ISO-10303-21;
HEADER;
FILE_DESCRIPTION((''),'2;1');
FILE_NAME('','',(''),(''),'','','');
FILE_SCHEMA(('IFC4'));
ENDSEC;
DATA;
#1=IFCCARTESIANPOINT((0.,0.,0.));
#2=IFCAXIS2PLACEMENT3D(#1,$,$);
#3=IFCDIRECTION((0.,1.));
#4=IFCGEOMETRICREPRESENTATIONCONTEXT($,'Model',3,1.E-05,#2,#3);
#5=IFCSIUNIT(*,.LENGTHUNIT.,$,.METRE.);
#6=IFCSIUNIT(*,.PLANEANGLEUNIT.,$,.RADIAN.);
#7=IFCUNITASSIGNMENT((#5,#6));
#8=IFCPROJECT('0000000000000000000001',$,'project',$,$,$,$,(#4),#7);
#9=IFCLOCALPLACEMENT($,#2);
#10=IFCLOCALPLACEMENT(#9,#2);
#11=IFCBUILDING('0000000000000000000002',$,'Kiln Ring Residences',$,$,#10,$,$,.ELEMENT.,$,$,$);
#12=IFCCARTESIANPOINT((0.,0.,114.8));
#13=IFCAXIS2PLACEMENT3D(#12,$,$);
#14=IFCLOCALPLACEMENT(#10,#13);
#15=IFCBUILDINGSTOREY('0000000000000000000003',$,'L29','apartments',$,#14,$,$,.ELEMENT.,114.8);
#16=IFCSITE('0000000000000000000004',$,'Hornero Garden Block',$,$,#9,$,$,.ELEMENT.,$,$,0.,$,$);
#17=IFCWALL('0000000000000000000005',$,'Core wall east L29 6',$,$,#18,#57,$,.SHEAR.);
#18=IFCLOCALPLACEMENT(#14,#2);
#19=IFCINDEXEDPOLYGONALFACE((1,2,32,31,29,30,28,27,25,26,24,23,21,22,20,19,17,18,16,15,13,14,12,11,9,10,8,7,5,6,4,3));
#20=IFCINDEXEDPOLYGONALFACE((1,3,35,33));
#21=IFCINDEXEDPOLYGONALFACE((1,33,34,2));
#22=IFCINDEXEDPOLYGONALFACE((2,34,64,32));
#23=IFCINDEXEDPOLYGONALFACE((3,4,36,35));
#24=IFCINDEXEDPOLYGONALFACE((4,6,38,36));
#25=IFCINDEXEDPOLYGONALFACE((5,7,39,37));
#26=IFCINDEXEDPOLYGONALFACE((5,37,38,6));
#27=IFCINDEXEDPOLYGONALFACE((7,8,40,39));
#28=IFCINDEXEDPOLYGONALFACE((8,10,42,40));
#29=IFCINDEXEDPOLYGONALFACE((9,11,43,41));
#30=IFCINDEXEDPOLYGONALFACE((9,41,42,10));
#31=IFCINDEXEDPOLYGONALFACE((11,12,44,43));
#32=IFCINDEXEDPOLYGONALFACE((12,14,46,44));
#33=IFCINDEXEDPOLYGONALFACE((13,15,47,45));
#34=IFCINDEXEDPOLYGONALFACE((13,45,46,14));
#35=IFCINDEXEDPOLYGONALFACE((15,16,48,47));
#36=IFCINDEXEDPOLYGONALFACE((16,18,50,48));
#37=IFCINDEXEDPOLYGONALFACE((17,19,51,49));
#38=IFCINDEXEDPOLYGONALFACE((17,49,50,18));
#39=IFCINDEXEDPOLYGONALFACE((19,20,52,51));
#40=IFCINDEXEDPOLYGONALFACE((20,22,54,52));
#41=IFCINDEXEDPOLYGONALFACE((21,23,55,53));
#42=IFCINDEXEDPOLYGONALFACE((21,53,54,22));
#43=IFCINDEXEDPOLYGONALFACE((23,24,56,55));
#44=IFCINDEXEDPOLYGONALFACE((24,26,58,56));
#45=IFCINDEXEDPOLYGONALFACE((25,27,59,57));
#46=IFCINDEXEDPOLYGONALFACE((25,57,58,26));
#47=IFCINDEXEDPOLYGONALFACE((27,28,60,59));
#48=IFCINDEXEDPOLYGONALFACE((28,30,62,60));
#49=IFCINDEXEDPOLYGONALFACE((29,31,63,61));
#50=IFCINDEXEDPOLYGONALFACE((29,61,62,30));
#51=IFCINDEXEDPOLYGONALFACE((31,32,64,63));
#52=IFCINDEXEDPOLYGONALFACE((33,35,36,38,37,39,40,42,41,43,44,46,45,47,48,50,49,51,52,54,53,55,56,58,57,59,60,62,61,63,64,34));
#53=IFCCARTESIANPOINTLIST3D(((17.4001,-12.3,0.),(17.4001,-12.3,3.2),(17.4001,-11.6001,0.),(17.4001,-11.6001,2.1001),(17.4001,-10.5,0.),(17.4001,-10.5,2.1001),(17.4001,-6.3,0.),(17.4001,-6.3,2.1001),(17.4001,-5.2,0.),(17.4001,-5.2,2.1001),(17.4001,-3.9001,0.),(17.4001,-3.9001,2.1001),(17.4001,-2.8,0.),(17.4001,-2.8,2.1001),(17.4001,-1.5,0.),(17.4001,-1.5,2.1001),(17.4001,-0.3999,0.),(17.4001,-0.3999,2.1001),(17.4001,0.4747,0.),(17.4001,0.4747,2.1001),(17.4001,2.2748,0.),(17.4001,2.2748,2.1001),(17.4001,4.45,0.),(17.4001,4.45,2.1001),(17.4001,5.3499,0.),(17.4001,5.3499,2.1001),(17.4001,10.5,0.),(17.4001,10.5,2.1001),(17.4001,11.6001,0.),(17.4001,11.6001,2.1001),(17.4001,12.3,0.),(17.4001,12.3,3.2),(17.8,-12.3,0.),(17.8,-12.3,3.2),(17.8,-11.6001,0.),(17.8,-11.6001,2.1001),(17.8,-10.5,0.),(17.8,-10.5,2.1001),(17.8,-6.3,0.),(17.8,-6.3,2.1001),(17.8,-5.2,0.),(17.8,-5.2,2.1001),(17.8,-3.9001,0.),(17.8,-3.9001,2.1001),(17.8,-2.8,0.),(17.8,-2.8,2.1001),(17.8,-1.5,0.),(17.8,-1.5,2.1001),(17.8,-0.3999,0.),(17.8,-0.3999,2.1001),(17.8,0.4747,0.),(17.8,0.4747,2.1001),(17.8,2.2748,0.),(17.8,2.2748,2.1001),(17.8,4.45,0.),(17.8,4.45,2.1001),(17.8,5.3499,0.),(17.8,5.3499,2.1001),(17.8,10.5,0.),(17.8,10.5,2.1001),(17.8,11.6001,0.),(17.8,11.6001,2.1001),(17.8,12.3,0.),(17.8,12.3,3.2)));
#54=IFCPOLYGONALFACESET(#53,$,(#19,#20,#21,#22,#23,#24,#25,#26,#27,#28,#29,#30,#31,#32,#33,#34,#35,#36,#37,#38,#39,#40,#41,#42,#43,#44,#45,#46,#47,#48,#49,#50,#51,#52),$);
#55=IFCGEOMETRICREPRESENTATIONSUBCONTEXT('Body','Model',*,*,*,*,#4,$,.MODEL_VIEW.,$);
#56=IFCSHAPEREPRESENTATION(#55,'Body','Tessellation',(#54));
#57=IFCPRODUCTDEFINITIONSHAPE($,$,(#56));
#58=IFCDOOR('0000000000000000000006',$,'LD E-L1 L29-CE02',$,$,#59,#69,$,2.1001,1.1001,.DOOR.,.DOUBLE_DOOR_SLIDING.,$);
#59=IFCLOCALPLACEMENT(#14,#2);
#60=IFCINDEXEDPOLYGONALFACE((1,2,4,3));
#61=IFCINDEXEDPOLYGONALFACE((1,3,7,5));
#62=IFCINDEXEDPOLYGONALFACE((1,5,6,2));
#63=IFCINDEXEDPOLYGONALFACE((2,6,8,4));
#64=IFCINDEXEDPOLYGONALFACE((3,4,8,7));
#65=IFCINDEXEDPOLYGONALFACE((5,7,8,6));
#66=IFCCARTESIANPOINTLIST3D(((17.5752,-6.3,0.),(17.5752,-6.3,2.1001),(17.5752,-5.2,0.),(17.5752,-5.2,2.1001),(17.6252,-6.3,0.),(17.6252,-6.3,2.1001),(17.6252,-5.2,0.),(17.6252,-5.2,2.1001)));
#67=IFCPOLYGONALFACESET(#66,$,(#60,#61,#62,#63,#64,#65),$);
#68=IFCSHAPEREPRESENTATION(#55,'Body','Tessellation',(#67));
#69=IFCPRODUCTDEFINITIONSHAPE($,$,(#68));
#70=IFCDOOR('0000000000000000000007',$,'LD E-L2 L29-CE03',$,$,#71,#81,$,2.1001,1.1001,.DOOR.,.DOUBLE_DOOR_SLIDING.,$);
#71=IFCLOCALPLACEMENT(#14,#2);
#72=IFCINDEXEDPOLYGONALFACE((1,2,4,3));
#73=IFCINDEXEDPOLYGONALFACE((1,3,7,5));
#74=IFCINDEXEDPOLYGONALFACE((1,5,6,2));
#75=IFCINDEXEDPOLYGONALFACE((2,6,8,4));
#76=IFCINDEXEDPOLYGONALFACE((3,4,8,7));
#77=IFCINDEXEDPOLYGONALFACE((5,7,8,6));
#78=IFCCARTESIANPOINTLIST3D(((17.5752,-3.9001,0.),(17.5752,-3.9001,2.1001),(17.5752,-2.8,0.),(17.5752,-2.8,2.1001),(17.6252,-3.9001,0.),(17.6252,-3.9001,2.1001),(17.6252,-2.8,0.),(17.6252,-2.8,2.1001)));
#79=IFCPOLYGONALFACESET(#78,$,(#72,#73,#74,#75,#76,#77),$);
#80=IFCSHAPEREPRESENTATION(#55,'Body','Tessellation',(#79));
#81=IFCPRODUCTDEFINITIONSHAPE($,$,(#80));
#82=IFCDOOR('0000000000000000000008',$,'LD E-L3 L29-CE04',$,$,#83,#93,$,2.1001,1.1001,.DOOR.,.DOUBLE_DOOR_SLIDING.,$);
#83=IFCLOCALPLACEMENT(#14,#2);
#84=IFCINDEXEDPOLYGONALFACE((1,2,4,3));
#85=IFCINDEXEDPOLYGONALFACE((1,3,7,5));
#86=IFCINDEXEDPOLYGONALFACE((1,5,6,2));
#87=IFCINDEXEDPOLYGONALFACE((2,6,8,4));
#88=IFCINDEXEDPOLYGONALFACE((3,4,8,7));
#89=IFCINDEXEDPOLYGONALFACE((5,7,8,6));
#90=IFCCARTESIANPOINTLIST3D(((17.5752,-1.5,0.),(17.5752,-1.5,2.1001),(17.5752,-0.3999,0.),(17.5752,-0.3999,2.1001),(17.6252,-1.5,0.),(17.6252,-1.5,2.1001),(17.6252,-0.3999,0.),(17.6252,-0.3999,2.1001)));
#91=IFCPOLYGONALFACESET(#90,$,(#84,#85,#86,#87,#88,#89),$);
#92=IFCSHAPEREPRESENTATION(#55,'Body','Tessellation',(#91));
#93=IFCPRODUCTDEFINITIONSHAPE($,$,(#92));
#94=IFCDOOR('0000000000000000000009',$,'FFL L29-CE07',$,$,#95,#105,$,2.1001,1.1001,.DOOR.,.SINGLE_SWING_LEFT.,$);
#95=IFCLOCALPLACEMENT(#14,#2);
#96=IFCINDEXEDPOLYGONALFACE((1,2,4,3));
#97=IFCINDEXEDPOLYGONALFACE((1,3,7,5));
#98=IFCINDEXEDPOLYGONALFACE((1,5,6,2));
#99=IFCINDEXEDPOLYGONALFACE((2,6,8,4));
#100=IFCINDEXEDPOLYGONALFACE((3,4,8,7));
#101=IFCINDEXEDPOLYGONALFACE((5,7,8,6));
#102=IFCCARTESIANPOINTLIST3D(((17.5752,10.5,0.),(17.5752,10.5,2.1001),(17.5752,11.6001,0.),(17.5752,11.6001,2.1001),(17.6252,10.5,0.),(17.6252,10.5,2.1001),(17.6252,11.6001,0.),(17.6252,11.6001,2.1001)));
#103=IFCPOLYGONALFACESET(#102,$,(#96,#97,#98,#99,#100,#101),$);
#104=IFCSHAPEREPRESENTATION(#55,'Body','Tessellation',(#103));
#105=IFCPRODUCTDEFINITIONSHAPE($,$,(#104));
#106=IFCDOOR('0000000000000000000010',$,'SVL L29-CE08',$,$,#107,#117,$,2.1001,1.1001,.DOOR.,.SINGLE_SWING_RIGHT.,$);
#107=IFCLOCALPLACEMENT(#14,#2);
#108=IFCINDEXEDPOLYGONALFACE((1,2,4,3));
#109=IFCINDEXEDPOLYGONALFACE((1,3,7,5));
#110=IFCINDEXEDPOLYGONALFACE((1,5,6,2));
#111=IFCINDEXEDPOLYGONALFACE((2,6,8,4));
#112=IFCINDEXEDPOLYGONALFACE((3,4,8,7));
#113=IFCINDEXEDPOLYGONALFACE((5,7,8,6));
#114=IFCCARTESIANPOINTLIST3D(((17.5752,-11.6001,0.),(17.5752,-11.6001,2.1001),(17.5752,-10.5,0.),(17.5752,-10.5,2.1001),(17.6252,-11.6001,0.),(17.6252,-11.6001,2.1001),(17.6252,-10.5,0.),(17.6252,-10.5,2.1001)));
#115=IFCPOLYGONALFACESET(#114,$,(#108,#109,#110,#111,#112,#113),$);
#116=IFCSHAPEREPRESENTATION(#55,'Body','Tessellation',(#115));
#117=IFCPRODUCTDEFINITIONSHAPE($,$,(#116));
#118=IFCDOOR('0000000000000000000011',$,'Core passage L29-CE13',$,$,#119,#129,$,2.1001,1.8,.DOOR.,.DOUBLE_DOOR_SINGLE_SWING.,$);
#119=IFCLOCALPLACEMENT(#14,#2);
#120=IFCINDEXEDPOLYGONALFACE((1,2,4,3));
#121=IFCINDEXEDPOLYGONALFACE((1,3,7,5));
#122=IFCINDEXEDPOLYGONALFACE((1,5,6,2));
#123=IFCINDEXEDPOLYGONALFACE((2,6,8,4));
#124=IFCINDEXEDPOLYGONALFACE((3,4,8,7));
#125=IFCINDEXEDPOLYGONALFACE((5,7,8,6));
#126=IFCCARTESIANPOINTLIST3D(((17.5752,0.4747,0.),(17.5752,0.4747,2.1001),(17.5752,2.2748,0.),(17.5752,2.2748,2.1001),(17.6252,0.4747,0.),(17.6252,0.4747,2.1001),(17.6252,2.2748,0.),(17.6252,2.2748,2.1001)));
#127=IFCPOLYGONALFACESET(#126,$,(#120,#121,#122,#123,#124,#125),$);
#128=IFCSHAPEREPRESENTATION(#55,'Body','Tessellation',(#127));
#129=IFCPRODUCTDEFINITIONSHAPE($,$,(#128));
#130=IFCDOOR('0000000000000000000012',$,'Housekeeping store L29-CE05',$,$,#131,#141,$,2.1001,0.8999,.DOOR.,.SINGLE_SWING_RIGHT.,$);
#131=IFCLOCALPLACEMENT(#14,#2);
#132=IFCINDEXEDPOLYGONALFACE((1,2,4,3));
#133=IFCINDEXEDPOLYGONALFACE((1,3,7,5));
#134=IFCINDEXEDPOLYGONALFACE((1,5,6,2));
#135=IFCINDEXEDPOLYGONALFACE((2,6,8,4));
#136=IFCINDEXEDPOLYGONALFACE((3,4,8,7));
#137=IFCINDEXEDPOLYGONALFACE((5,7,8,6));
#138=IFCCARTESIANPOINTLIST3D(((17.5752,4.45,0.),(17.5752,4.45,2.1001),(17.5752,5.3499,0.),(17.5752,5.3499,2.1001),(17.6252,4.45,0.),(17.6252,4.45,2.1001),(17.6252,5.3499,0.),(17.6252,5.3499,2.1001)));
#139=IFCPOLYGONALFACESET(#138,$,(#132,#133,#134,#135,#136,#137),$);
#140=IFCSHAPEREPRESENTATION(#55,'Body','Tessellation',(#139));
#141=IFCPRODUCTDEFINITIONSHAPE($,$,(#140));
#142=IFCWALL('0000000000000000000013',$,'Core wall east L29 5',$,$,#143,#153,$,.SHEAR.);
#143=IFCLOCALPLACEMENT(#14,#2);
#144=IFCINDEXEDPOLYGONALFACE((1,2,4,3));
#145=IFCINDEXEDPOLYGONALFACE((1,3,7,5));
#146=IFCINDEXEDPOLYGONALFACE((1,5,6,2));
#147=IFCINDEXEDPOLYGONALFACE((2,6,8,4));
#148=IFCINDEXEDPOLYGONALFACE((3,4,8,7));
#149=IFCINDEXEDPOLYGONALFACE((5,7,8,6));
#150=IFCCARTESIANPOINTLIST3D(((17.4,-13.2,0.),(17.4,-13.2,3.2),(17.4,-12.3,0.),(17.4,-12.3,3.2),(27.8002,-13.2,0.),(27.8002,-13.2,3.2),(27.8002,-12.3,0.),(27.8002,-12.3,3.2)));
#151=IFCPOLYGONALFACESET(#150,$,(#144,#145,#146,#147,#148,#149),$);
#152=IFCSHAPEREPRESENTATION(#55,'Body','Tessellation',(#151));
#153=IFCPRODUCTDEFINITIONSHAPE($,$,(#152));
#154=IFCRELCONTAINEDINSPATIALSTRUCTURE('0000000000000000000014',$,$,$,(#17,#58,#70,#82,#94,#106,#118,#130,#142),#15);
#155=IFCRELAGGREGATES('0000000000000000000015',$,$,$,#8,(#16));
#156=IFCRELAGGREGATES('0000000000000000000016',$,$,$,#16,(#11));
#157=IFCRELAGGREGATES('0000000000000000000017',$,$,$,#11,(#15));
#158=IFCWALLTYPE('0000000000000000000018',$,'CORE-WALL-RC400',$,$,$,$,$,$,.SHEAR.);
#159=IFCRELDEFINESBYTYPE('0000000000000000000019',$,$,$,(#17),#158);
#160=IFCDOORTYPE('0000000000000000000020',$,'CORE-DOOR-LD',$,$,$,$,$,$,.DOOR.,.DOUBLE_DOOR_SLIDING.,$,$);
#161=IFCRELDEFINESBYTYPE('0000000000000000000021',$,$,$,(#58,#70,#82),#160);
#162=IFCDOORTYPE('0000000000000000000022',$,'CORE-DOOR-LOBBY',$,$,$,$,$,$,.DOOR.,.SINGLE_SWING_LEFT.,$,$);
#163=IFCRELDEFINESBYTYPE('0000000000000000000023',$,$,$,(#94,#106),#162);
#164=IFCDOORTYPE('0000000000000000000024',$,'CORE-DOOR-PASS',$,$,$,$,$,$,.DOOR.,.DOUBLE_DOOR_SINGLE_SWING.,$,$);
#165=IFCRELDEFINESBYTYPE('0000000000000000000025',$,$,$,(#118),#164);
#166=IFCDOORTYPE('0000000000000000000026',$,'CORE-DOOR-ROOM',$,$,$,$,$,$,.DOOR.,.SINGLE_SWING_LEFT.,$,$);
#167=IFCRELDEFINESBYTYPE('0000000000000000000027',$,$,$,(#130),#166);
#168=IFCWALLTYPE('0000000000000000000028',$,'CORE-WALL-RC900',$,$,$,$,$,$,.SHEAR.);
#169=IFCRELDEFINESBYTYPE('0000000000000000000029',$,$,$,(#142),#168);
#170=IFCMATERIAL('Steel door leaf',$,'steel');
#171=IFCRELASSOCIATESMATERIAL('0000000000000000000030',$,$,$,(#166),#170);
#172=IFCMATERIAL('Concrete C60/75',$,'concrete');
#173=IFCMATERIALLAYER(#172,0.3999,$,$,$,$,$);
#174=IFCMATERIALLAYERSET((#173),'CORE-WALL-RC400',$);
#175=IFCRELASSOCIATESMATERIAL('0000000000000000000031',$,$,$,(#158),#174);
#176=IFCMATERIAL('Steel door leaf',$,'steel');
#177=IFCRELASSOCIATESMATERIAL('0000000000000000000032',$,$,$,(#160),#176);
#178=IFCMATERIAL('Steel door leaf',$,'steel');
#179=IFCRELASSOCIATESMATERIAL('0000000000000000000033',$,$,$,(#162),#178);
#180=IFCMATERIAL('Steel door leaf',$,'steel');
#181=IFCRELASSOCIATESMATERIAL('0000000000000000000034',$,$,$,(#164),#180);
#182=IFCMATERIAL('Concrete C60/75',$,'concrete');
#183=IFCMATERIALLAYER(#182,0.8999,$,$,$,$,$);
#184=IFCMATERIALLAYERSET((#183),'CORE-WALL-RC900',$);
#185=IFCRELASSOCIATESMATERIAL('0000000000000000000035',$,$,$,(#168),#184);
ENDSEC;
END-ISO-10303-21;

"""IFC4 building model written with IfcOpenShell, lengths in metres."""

from ifc_helpers import new_model, si_unit, direction, frame, frame_2d, origin, place, context, subcontext, project, spatial, rectangle, extrude, material, layer, layer_set, type_object, element, fill, save


model = new_model("IFC4")

# Units and contexts
model_context = context("Model", 3, precision=1e-05, world=origin(), true_north=direction((0.0, 1.0)))
body_context = subcontext(model_context, "Body", "Model", "MODEL_VIEW")
ifc_project = project(units=[si_unit("LENGTHUNIT", "METRE"), si_unit("PLANEANGLEUNIT", "RADIAN")], contexts=[model_context])

# Site, building, storey
site_placement = place(None, origin())
site = spatial("IfcSite", under=ifc_project, at=site_placement, Name="Hornero Garden Block", CompositionType="ELEMENT", RefElevation=0.0)
building_placement = place(site_placement, origin())
building = spatial("IfcBuilding", under=site, at=building_placement, Name="Kiln Ring Residences", CompositionType="ELEMENT")
storey_placement = place(building_placement, frame((0.0, 0.0, 114.8)))
storey = spatial("IfcBuildingStorey", under=building, at=storey_placement, Name="L29", Description="apartments", CompositionType="ELEMENT", Elevation=114.8)

# Shared definitions
ifc_material_1 = material(Name="Steel door leaf", Category="steel")
door_type_1 = type_object("IfcDoorType", Name="CORE-DOOR-ROOM", OperationType="SINGLE_SWING_LEFT", PredefinedType="DOOR", material=ifc_material_1)

# Wall, openings, doors
ifc_material_2 = material(Name="Concrete C60/75", Category="concrete")
ifc_layer_1 = layer(ifc_material_2, 0.3999)
ifc_layer_set_1 = layer_set([ifc_layer_1], Name="CORE-WALL-RC400")
wall_type_1 = type_object("IfcWallType", Name="CORE-WALL-RC400", PredefinedType="SHEAR", material=ifc_layer_set_1)
wall_1_placement = place(storey_placement, frame((17.6001, -12.3, 0.0), z_axis=(0.0, 0.0, 1.0), x_axis=(0.0, 1.0, 0.0)))
wall_1 = element("IfcWall", 1, at=wall_1_placement, inside=storey, type_object=wall_type_1, Name="Core wall east L29 6", PredefinedType="SHEAR", context=body_context, shape_type="SweptSolid", body=[
    extrude(rectangle(XDim=24.6001, YDim=0.3999, at=frame_2d((12.3, 0.0))), origin(), (0.0, 0.0, 1.0), 3.2),
])
opening_1_placement = place(wall_1_placement, frame((6.0, 0.0, 0.0)))
opening_1 = element("IfcOpeningElement", 2, at=opening_1_placement, cuts=wall_1, PredefinedType="OPENING", context=body_context, shape_type="SweptSolid", body=[
    extrude(rectangle(XDim=1.1001, YDim=2.1001, at=frame_2d((0.55, 1.05))), frame((0.0, 0.21, 0.0), z_axis=(0.0, -1.0, 0.0), x_axis=(1.0, 0.0, 0.0)), (0.0, 0.0, 1.0), 0.4199),
])
opening_2_placement = place(wall_1_placement, frame((8.3999, 0.0, 0.0)))
opening_2 = element("IfcOpeningElement", 3, at=opening_2_placement, cuts=wall_1, PredefinedType="OPENING", context=body_context, shape_type="SweptSolid", body=[
    extrude(rectangle(XDim=1.1001, YDim=2.1001, at=frame_2d((0.55, 1.05))), frame((0.0, 0.21, 0.0), z_axis=(0.0, -1.0, 0.0), x_axis=(1.0, 0.0, 0.0)), (0.0, 0.0, 1.0), 0.4199),
])
opening_3_placement = place(wall_1_placement, frame((10.8, 0.0, 0.0)))
opening_3 = element("IfcOpeningElement", 4, at=opening_3_placement, cuts=wall_1, PredefinedType="OPENING", context=body_context, shape_type="SweptSolid", body=[
    extrude(rectangle(XDim=1.1001, YDim=2.1001, at=frame_2d((0.55, 1.05))), frame((0.0, 0.21, 0.0), z_axis=(0.0, -1.0, 0.0), x_axis=(1.0, 0.0, 0.0)), (0.0, 0.0, 1.0), 0.4199),
])
opening_4_placement = place(wall_1_placement, frame((16.75, 0.0, 0.0)))
opening_4 = element("IfcOpeningElement", 5, at=opening_4_placement, cuts=wall_1, PredefinedType="OPENING", context=body_context, shape_type="SweptSolid", body=[
    extrude(rectangle(XDim=0.8999, YDim=2.1001, at=frame_2d((0.45, 1.05))), frame((0.0, 0.21, 0.0), z_axis=(0.0, -1.0, 0.0), x_axis=(1.0, 0.0, 0.0)), (0.0, 0.0, 1.0), 0.4199),
])
opening_5_placement = place(wall_1_placement, frame((22.8, 0.0, 0.0)))
opening_5 = element("IfcOpeningElement", 6, at=opening_5_placement, cuts=wall_1, PredefinedType="OPENING", context=body_context, shape_type="SweptSolid", body=[
    extrude(rectangle(XDim=1.1001, YDim=2.1001, at=frame_2d((0.55, 1.05))), frame((0.0, 0.21, 0.0), z_axis=(0.0, -1.0, 0.0), x_axis=(1.0, 0.0, 0.0)), (0.0, 0.0, 1.0), 0.4199),
])
opening_6_placement = place(wall_1_placement, frame((0.7, 0.0, 0.0)))
opening_6 = element("IfcOpeningElement", 7, at=opening_6_placement, cuts=wall_1, PredefinedType="OPENING", context=body_context, shape_type="SweptSolid", body=[
    extrude(rectangle(XDim=1.1001, YDim=2.1001, at=frame_2d((0.55, 1.05))), frame((0.0, 0.21, 0.0), z_axis=(0.0, -1.0, 0.0), x_axis=(1.0, 0.0, 0.0)), (0.0, 0.0, 1.0), 0.4199),
])
opening_7_placement = place(wall_1_placement, frame((12.7749, 0.0, 0.0)))
opening_7 = element("IfcOpeningElement", 8, at=opening_7_placement, cuts=wall_1, PredefinedType="OPENING", context=body_context, shape_type="SweptSolid", body=[
    extrude(rectangle(XDim=1.8, YDim=2.1001, at=frame_2d((0.8999, 1.05))), frame((0.0, 0.21, 0.0), z_axis=(0.0, -1.0, 0.0), x_axis=(1.0, 0.0, 0.0)), (0.0, 0.0, 1.0), 0.4199),
])
ifc_material_3 = material(Name="Steel door leaf", Category="steel")
door_type_2 = type_object("IfcDoorType", Name="CORE-DOOR-LD", OperationType="DOUBLE_DOOR_SLIDING", PredefinedType="DOOR", material=ifc_material_3)
door_1_placement = place(opening_1_placement, origin())
door_1 = element("IfcDoor", 9, at=door_1_placement, inside=storey, type_object=door_type_2, Name="LD E-L1 L29-CE02", OperationType="DOUBLE_DOOR_SLIDING", OverallHeight=2.1001, OverallWidth=1.1001, PredefinedType="DOOR", context=body_context, shape_type="SweptSolid", body=[
    extrude(rectangle(XDim=1.1001, YDim=2.1001, at=frame_2d((0.55, 1.05))), frame((0.0, 0.0249, 0.0), z_axis=(0.0, -1.0, 0.0), x_axis=(1.0, 0.0, 0.0)), (0.0, 0.0, 1.0), 0.05),
])
fill(opening_1, door_1)
door_2_placement = place(opening_2_placement, origin())
door_2 = element("IfcDoor", 10, at=door_2_placement, inside=storey, type_object=door_type_2, Name="LD E-L2 L29-CE03", OperationType="DOUBLE_DOOR_SLIDING", OverallHeight=2.1001, OverallWidth=1.1001, PredefinedType="DOOR", context=body_context, shape_type="SweptSolid", body=[
    extrude(rectangle(XDim=1.1001, YDim=2.1001, at=frame_2d((0.55, 1.05))), frame((0.0, 0.0249, 0.0), z_axis=(0.0, -1.0, 0.0), x_axis=(1.0, 0.0, 0.0)), (0.0, 0.0, 1.0), 0.05),
])
fill(opening_2, door_2)
door_3_placement = place(opening_3_placement, origin())
door_3 = element("IfcDoor", 11, at=door_3_placement, inside=storey, type_object=door_type_2, Name="LD E-L3 L29-CE04", OperationType="DOUBLE_DOOR_SLIDING", OverallHeight=2.1001, OverallWidth=1.1001, PredefinedType="DOOR", context=body_context, shape_type="SweptSolid", body=[
    extrude(rectangle(XDim=1.1001, YDim=2.1001, at=frame_2d((0.55, 1.05))), frame((0.0, 0.0249, 0.0), z_axis=(0.0, -1.0, 0.0), x_axis=(1.0, 0.0, 0.0)), (0.0, 0.0, 1.0), 0.05),
])
fill(opening_3, door_3)
ifc_material_4 = material(Name="Steel door leaf", Category="steel")
door_type_3 = type_object("IfcDoorType", Name="CORE-DOOR-LOBBY", OperationType="SINGLE_SWING_LEFT", PredefinedType="DOOR", material=ifc_material_4)
door_4_placement = place(opening_5_placement, origin())
door_4 = element("IfcDoor", 12, at=door_4_placement, inside=storey, type_object=door_type_3, Name="FFL L29-CE07", OperationType="SINGLE_SWING_LEFT", OverallHeight=2.1001, OverallWidth=1.1001, PredefinedType="DOOR", context=body_context, shape_type="SweptSolid", body=[
    extrude(rectangle(XDim=1.1001, YDim=2.1001, at=frame_2d((0.55, 1.05))), frame((0.0, 0.0249, 0.0), z_axis=(0.0, -1.0, 0.0), x_axis=(1.0, 0.0, 0.0)), (0.0, 0.0, 1.0), 0.05),
])
fill(opening_5, door_4)
door_5_placement = place(opening_6_placement, origin())
door_5 = element("IfcDoor", 13, at=door_5_placement, inside=storey, type_object=door_type_3, Name="SVL L29-CE08", OperationType="SINGLE_SWING_RIGHT", OverallHeight=2.1001, OverallWidth=1.1001, PredefinedType="DOOR", context=body_context, shape_type="SweptSolid", body=[
    extrude(rectangle(XDim=1.1001, YDim=2.1001, at=frame_2d((0.55, 1.05))), frame((0.0, 0.0249, 0.0), z_axis=(0.0, -1.0, 0.0), x_axis=(1.0, 0.0, 0.0)), (0.0, 0.0, 1.0), 0.05),
])
fill(opening_6, door_5)
ifc_material_5 = material(Name="Steel door leaf", Category="steel")
door_type_4 = type_object("IfcDoorType", Name="CORE-DOOR-PASS", OperationType="DOUBLE_DOOR_SINGLE_SWING", PredefinedType="DOOR", material=ifc_material_5)
door_6_placement = place(opening_7_placement, origin())
door_6 = element("IfcDoor", 14, at=door_6_placement, inside=storey, type_object=door_type_4, Name="Core passage L29-CE13", OperationType="DOUBLE_DOOR_SINGLE_SWING", OverallHeight=2.1001, OverallWidth=1.8, PredefinedType="DOOR", context=body_context, shape_type="SweptSolid", body=[
    extrude(rectangle(XDim=1.8, YDim=2.1001, at=frame_2d((0.8999, 1.05))), frame((0.0, 0.0249, 0.0), z_axis=(0.0, -1.0, 0.0), x_axis=(1.0, 0.0, 0.0)), (0.0, 0.0, 1.0), 0.05),
])
fill(opening_7, door_6)
door_7_placement = place(opening_4_placement, origin())
door_7 = element("IfcDoor", 15, at=door_7_placement, inside=storey, type_object=door_type_1, Name="Housekeeping store L29-CE05", OperationType="SINGLE_SWING_RIGHT", OverallHeight=2.1001, OverallWidth=0.8999, PredefinedType="DOOR", context=body_context, shape_type="SweptSolid", body=[
    extrude(rectangle(XDim=0.8999, YDim=2.1001, at=frame_2d((0.45, 1.05))), frame((0.0, 0.0249, 0.0), z_axis=(0.0, -1.0, 0.0), x_axis=(1.0, 0.0, 0.0)), (0.0, 0.0, 1.0), 0.05),
])
fill(opening_4, door_7)

# Wall
ifc_material_6 = material(Name="Concrete C60/75", Category="concrete")
ifc_layer_2 = layer(ifc_material_6, 0.8999)
ifc_layer_set_2 = layer_set([ifc_layer_2], Name="CORE-WALL-RC900")
wall_type_2 = type_object("IfcWallType", Name="CORE-WALL-RC900", PredefinedType="SHEAR", material=ifc_layer_set_2)
wall_2_placement = place(storey_placement, frame((17.3999, -12.75, 0.0), z_axis=(0.0, 0.0, 1.0), x_axis=(1.0, 0.0, 0.0)))
element("IfcWall", 16, at=wall_2_placement, inside=storey, type_object=wall_type_2, Name="Core wall east L29 5", PredefinedType="SHEAR", context=body_context, shape_type="SweptSolid", body=[
    extrude(rectangle(XDim=10.4001, YDim=0.8999, at=frame_2d((5.2002, 0.0))), origin(), (0.0, 0.0, 1.0), 3.2),
])

save(model, "model.ifc")
